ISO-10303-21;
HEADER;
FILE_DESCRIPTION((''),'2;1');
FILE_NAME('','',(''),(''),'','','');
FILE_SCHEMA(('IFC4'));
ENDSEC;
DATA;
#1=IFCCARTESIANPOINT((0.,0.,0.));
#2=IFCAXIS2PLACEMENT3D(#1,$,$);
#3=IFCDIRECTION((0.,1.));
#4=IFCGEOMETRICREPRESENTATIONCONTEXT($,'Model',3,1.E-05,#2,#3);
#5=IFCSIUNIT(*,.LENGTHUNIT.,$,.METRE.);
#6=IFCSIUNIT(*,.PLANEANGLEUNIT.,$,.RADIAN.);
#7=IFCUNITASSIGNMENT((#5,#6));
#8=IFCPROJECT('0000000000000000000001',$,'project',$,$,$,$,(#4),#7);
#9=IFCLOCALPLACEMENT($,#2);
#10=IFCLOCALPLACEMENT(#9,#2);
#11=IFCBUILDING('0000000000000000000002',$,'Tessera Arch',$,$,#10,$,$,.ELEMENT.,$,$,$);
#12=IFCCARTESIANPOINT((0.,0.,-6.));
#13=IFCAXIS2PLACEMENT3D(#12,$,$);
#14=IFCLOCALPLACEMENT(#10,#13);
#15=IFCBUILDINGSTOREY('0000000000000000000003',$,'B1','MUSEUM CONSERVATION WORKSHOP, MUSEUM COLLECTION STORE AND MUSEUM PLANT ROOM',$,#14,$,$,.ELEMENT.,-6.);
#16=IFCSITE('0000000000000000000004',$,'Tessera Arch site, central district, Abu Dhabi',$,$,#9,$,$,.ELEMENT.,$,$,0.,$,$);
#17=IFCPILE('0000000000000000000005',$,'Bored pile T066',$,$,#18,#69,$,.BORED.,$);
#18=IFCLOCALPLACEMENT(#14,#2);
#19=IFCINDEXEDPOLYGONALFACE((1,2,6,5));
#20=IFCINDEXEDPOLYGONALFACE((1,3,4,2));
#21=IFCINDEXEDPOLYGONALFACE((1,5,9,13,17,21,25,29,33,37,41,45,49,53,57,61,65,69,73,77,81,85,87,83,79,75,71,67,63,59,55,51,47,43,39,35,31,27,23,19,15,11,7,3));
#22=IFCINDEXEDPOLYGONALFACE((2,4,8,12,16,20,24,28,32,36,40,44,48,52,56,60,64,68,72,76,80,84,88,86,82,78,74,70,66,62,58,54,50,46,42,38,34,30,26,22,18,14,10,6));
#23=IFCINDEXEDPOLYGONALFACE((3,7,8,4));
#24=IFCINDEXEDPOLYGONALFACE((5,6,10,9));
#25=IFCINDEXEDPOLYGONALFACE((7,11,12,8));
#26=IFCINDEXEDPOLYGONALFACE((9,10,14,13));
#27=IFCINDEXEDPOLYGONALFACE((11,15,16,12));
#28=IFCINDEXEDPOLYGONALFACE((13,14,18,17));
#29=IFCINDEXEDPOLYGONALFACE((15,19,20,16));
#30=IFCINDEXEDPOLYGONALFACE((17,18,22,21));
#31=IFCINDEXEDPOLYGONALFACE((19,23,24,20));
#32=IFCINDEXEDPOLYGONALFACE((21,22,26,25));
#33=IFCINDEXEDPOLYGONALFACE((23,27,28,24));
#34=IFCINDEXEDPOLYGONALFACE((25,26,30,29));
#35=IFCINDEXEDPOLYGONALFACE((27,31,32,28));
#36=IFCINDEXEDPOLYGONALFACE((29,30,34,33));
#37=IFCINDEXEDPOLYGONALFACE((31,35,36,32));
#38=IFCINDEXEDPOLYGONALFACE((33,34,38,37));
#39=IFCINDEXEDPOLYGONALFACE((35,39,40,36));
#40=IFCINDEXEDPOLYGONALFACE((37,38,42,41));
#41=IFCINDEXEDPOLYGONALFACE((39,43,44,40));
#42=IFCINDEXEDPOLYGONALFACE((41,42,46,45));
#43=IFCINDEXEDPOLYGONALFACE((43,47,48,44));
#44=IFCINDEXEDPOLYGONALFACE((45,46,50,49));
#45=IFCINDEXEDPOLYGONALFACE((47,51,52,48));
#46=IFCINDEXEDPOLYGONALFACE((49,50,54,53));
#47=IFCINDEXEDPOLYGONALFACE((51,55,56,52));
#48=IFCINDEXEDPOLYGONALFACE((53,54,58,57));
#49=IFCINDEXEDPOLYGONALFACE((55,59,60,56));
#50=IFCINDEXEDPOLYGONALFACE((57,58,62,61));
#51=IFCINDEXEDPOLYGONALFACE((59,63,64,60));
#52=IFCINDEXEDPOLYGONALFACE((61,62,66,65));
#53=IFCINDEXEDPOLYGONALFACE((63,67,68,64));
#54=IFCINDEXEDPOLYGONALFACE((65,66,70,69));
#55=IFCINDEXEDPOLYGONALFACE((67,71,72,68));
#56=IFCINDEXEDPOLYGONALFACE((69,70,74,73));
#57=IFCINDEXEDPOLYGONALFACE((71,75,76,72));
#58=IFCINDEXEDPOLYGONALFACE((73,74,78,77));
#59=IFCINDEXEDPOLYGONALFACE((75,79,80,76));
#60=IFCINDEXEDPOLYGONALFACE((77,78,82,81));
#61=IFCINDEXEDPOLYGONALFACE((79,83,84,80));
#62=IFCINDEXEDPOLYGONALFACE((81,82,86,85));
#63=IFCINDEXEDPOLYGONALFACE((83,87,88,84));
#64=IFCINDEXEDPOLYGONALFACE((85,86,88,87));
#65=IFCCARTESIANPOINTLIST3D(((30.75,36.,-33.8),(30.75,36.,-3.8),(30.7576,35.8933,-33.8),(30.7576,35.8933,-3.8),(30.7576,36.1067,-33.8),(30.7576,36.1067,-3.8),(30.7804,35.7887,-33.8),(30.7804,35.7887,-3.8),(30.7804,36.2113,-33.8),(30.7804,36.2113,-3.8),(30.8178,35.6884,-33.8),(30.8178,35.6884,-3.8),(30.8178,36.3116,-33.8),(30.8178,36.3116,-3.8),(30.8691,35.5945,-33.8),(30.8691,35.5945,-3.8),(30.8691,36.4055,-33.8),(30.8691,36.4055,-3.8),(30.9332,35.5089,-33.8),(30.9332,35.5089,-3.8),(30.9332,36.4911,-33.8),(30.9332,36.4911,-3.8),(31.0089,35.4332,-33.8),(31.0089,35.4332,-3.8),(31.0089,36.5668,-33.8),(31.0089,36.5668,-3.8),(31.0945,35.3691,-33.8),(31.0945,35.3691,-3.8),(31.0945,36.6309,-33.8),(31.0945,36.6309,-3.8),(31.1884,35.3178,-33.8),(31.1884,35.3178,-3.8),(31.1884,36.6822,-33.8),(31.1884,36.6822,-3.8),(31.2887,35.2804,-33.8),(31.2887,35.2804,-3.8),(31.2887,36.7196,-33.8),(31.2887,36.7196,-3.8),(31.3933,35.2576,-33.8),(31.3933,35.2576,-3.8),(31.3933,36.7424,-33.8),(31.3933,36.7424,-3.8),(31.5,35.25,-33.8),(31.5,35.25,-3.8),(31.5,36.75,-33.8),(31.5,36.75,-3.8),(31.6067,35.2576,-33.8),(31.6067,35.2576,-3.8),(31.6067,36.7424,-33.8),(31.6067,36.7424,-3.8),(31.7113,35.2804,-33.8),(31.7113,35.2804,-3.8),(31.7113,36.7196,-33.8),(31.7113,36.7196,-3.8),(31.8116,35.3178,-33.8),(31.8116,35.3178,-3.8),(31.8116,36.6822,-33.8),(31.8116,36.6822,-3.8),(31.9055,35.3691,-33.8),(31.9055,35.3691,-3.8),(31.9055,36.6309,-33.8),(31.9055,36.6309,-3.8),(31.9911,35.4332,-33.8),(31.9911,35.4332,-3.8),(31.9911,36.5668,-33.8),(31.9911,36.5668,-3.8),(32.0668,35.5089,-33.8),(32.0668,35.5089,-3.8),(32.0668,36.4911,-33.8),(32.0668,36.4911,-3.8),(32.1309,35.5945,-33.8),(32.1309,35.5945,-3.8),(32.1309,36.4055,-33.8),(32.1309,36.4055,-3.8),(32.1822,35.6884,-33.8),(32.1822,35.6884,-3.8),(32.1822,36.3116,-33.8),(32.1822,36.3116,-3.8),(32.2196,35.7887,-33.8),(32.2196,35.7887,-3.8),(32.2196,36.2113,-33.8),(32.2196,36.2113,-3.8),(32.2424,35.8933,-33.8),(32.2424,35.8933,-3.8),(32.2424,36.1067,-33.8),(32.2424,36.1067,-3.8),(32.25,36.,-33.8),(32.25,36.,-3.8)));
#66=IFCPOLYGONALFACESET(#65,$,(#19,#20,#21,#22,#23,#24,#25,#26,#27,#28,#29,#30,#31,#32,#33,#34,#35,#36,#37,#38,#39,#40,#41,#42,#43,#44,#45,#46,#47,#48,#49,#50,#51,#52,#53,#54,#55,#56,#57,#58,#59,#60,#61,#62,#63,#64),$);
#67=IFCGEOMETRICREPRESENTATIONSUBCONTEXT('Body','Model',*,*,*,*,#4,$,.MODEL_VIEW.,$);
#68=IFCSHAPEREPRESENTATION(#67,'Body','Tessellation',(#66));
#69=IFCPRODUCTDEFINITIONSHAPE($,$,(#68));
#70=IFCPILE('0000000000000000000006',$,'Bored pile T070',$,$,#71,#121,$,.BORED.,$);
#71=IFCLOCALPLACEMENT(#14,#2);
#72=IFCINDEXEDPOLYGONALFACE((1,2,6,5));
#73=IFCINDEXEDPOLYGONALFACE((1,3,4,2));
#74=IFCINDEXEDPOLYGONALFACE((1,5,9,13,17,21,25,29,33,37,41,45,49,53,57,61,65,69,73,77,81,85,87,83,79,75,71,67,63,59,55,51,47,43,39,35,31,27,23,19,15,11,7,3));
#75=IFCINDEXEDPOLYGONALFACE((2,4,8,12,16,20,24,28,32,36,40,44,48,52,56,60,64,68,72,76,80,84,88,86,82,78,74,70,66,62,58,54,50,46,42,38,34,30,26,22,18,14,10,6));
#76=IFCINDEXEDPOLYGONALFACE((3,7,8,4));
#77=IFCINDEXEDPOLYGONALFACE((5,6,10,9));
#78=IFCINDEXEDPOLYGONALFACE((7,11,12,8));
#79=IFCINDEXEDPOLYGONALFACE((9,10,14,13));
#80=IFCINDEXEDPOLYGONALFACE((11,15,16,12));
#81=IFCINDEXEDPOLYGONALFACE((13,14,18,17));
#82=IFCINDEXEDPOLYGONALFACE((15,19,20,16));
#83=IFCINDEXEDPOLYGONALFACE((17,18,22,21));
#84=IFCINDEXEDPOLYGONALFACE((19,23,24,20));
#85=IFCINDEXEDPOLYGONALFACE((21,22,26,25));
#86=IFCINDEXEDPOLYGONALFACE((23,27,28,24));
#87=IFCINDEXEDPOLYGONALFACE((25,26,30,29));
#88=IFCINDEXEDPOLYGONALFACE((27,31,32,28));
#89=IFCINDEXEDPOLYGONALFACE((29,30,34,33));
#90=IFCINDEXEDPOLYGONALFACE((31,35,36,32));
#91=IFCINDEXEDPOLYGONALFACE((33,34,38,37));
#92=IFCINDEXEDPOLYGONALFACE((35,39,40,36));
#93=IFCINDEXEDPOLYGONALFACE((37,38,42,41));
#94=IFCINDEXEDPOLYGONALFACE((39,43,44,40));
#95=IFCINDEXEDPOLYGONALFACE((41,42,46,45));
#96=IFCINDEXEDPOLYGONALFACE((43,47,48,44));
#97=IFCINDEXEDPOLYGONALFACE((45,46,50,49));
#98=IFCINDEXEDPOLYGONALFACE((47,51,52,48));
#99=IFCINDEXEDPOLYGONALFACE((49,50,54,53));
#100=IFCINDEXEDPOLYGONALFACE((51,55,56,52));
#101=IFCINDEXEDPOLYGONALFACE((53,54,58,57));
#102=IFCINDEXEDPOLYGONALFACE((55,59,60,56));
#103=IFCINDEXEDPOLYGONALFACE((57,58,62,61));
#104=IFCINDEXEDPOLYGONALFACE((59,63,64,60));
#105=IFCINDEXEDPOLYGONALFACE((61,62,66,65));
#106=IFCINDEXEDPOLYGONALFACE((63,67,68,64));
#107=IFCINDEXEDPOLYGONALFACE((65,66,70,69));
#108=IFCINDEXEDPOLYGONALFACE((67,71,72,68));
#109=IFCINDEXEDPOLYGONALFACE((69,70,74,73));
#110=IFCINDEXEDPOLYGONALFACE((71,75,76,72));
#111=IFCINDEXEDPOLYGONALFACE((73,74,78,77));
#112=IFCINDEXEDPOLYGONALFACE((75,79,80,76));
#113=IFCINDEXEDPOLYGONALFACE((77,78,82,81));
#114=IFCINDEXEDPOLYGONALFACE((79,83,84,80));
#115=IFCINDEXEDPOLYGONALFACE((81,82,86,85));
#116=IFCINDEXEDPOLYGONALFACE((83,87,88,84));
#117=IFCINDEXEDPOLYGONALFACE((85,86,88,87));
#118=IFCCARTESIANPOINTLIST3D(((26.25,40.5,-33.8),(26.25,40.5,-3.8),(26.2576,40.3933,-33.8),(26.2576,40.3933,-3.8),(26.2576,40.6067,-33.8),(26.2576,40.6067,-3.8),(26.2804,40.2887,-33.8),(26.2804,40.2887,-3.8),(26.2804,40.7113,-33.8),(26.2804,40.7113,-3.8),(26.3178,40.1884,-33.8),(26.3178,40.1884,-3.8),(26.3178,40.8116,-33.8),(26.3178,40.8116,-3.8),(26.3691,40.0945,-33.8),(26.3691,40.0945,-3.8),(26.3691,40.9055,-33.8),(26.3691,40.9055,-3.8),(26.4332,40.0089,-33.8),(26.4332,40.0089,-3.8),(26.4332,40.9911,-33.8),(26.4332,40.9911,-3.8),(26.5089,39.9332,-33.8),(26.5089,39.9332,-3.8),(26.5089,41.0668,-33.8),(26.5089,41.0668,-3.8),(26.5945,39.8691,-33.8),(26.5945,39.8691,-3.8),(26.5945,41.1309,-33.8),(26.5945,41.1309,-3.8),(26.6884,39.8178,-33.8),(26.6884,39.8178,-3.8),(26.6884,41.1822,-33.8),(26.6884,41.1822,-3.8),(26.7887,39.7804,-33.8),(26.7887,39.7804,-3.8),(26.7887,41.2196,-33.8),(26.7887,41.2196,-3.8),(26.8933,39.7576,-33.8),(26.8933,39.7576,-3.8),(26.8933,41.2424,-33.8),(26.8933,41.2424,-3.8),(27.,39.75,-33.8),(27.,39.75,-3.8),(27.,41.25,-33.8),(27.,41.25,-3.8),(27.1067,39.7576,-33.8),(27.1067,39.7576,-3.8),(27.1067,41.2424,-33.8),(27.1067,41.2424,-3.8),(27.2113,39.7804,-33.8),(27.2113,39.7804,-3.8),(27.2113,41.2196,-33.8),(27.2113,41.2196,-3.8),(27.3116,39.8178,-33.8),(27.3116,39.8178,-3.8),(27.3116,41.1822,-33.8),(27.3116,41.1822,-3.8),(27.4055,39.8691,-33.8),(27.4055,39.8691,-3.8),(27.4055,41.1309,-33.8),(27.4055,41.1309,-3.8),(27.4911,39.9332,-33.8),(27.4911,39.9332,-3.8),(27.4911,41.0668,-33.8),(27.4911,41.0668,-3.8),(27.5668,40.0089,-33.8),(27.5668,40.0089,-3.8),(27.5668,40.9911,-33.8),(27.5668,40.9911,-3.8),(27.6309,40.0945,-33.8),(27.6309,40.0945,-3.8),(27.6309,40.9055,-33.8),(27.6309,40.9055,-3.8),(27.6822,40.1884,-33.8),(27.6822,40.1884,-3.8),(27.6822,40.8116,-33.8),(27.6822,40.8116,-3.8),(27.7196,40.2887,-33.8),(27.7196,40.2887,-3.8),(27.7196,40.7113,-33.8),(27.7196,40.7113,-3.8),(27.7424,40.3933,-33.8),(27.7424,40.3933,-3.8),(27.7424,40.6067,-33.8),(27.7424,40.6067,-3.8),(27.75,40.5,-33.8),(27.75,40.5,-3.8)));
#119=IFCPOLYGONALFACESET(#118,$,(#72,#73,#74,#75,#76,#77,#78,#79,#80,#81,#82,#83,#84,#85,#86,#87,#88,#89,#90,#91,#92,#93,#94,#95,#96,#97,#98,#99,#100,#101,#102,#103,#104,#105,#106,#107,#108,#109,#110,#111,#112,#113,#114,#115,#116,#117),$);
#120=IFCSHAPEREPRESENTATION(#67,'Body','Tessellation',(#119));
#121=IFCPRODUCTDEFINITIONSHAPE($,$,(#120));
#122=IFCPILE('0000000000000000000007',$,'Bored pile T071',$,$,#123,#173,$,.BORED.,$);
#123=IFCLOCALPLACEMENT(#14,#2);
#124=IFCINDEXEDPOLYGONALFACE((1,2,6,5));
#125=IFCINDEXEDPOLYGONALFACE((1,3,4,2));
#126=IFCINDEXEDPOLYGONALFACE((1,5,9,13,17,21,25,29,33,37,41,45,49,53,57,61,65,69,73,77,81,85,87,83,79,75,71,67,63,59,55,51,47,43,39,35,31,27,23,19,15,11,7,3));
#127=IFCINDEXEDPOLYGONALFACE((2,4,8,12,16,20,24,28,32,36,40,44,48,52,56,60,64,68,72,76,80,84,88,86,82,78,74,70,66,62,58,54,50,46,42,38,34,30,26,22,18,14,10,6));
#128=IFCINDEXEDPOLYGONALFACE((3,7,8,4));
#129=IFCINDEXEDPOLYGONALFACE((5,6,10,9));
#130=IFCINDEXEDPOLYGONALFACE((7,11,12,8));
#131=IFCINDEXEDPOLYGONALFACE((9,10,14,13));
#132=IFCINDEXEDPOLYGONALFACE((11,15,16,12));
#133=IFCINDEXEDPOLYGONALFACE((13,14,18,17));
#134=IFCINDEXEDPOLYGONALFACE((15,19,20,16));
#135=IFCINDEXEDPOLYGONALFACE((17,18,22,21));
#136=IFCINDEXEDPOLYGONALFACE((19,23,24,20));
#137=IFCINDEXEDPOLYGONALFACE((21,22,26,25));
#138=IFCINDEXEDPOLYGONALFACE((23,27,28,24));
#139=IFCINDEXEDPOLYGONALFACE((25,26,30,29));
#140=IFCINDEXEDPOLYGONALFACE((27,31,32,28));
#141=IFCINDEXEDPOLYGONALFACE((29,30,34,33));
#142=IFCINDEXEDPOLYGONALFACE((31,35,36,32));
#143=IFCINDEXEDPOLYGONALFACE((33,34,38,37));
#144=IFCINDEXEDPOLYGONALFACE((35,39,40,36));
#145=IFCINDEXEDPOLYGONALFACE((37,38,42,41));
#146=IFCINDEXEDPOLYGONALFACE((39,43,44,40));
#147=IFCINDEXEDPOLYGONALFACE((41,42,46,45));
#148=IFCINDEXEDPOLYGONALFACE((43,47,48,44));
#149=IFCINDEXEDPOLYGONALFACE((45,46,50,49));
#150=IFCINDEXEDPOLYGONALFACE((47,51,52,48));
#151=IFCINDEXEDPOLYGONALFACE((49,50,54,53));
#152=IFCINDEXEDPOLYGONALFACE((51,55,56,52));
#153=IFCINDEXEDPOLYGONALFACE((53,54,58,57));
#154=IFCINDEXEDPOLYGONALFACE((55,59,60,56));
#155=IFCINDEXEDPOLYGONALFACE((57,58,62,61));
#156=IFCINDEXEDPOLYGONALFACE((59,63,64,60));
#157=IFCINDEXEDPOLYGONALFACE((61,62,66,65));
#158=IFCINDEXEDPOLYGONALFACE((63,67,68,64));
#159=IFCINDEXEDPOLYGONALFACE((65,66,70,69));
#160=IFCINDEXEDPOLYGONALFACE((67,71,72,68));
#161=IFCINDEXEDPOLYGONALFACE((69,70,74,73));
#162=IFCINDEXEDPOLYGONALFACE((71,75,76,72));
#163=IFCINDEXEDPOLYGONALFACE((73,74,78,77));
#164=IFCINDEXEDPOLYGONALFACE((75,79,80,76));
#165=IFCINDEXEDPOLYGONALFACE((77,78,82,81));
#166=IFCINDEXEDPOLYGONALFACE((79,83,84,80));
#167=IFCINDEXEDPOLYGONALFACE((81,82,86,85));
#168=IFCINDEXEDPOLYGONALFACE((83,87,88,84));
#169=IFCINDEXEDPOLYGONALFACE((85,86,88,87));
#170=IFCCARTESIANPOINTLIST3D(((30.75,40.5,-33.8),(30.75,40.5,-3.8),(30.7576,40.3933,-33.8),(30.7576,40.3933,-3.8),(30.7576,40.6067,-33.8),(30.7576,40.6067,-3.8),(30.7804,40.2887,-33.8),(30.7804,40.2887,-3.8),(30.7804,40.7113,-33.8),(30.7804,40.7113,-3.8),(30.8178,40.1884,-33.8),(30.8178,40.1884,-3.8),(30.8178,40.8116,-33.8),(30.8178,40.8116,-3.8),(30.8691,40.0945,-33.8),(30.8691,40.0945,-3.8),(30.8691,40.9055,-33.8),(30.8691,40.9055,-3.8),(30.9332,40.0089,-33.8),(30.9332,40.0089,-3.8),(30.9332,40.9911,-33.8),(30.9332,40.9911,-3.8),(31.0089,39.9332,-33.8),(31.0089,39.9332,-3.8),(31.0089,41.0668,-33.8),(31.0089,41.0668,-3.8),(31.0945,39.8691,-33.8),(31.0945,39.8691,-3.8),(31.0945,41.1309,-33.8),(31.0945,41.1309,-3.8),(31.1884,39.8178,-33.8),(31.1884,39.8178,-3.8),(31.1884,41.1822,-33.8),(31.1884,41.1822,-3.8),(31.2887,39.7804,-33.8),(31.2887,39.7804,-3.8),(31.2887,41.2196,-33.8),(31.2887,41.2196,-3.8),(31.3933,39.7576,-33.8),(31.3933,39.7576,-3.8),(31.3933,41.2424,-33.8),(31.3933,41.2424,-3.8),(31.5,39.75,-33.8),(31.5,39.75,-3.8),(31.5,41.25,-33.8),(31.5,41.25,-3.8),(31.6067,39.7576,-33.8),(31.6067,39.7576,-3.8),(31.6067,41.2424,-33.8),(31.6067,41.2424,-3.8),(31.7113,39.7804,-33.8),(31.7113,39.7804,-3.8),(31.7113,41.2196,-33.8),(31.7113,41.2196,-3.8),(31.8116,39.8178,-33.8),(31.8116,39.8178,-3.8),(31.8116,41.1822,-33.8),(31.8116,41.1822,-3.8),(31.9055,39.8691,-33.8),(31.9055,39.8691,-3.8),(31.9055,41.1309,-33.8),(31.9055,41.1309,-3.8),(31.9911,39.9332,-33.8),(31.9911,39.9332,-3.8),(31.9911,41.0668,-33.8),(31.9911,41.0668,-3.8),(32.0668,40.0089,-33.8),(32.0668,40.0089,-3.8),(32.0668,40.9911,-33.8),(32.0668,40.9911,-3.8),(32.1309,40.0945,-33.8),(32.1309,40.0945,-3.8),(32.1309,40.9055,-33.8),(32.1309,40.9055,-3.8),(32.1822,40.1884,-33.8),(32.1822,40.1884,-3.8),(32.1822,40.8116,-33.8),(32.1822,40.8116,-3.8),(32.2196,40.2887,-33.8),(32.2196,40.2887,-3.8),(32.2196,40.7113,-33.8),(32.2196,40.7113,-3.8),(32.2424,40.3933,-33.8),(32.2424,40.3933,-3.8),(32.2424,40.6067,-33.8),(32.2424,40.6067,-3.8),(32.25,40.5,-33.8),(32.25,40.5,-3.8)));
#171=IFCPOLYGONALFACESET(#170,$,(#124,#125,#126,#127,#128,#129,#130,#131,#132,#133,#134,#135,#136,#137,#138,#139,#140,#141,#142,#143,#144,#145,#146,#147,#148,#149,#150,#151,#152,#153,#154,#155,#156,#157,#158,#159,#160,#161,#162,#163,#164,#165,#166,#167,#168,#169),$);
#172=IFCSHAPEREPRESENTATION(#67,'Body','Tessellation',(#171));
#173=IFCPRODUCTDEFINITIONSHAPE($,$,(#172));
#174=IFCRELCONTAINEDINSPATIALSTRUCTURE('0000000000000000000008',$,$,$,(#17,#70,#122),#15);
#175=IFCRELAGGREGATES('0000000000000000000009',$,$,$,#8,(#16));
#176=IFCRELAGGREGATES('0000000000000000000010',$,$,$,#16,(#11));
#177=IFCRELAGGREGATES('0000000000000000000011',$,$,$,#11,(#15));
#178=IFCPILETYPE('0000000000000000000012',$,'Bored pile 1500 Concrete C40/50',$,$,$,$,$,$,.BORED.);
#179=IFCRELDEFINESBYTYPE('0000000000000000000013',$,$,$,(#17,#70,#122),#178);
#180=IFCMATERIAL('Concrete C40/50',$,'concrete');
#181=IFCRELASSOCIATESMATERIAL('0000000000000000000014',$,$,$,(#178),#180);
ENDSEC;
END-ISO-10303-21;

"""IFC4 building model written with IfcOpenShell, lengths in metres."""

from ifc_helpers import new_model, si_unit, direction, frame, origin, origin_2d, place, context, subcontext, project, spatial, circle, extrude, material, type_object, element, save


model = new_model("IFC4")

# Units and contexts
model_context = context("Model", 3, precision=1e-05, world=origin(), true_north=direction((0.0, 1.0)))
body_context = subcontext(model_context, "Body", "Model", "MODEL_VIEW")
ifc_project = project(units=[si_unit("LENGTHUNIT", "METRE"), si_unit("PLANEANGLEUNIT", "RADIAN")], contexts=[model_context])

# Site, building, storey
site_placement = place(None, origin())
site = spatial("IfcSite", under=ifc_project, at=site_placement, Name="Tessera Arch site, central district, Abu Dhabi", CompositionType="ELEMENT", RefElevation=0.0)
building_placement = place(site_placement, origin())
building = spatial("IfcBuilding", under=site, at=building_placement, Name="Tessera Arch", CompositionType="ELEMENT")
storey_placement = place(building_placement, frame((0.0, 0.0, -6.0)))
storey = spatial("IfcBuildingStorey", under=building, at=storey_placement, Name="B1", Description="MUSEUM CONSERVATION WORKSHOP, MUSEUM COLLECTION STORE AND MUSEUM PLANT ROOM", CompositionType="ELEMENT", Elevation=-6.0)

# Piles
ifc_material_1 = material(Name="Concrete C40/50", Category="concrete")
pile_type = type_object("IfcPileType", Name="Bored pile 1500 Concrete C40/50", PredefinedType="BORED", material=ifc_material_1)
for number, where, z_axis, x_axis, name in (
    (1, (31.5, 36.0, -3.8), (0.0, 0.0, -1.0), (1.0, 0.0, 0.0), "Bored pile T066"),
    (2, (27.0, 40.5, -3.8), (0.0, 0.0, -1.0), (1.0, 0.0, 0.0), "Bored pile T070"),
    (3, (31.5, 40.5, -3.8), (0.0, 0.0, -1.0), (1.0, 0.0, 0.0), "Bored pile T071"),
):
    element("IfcPile", number, at=place(storey_placement, frame(where, z_axis=z_axis, x_axis=x_axis)), inside=storey, type_object=pile_type, Name=name, PredefinedType="BORED", context=body_context, shape_type="SweptSolid", body=[
        extrude(circle(Radius=0.75, at=origin_2d()), origin(), (0.0, 0.0, 1.0), 30.0),
    ])

save(model, "model.ifc")
